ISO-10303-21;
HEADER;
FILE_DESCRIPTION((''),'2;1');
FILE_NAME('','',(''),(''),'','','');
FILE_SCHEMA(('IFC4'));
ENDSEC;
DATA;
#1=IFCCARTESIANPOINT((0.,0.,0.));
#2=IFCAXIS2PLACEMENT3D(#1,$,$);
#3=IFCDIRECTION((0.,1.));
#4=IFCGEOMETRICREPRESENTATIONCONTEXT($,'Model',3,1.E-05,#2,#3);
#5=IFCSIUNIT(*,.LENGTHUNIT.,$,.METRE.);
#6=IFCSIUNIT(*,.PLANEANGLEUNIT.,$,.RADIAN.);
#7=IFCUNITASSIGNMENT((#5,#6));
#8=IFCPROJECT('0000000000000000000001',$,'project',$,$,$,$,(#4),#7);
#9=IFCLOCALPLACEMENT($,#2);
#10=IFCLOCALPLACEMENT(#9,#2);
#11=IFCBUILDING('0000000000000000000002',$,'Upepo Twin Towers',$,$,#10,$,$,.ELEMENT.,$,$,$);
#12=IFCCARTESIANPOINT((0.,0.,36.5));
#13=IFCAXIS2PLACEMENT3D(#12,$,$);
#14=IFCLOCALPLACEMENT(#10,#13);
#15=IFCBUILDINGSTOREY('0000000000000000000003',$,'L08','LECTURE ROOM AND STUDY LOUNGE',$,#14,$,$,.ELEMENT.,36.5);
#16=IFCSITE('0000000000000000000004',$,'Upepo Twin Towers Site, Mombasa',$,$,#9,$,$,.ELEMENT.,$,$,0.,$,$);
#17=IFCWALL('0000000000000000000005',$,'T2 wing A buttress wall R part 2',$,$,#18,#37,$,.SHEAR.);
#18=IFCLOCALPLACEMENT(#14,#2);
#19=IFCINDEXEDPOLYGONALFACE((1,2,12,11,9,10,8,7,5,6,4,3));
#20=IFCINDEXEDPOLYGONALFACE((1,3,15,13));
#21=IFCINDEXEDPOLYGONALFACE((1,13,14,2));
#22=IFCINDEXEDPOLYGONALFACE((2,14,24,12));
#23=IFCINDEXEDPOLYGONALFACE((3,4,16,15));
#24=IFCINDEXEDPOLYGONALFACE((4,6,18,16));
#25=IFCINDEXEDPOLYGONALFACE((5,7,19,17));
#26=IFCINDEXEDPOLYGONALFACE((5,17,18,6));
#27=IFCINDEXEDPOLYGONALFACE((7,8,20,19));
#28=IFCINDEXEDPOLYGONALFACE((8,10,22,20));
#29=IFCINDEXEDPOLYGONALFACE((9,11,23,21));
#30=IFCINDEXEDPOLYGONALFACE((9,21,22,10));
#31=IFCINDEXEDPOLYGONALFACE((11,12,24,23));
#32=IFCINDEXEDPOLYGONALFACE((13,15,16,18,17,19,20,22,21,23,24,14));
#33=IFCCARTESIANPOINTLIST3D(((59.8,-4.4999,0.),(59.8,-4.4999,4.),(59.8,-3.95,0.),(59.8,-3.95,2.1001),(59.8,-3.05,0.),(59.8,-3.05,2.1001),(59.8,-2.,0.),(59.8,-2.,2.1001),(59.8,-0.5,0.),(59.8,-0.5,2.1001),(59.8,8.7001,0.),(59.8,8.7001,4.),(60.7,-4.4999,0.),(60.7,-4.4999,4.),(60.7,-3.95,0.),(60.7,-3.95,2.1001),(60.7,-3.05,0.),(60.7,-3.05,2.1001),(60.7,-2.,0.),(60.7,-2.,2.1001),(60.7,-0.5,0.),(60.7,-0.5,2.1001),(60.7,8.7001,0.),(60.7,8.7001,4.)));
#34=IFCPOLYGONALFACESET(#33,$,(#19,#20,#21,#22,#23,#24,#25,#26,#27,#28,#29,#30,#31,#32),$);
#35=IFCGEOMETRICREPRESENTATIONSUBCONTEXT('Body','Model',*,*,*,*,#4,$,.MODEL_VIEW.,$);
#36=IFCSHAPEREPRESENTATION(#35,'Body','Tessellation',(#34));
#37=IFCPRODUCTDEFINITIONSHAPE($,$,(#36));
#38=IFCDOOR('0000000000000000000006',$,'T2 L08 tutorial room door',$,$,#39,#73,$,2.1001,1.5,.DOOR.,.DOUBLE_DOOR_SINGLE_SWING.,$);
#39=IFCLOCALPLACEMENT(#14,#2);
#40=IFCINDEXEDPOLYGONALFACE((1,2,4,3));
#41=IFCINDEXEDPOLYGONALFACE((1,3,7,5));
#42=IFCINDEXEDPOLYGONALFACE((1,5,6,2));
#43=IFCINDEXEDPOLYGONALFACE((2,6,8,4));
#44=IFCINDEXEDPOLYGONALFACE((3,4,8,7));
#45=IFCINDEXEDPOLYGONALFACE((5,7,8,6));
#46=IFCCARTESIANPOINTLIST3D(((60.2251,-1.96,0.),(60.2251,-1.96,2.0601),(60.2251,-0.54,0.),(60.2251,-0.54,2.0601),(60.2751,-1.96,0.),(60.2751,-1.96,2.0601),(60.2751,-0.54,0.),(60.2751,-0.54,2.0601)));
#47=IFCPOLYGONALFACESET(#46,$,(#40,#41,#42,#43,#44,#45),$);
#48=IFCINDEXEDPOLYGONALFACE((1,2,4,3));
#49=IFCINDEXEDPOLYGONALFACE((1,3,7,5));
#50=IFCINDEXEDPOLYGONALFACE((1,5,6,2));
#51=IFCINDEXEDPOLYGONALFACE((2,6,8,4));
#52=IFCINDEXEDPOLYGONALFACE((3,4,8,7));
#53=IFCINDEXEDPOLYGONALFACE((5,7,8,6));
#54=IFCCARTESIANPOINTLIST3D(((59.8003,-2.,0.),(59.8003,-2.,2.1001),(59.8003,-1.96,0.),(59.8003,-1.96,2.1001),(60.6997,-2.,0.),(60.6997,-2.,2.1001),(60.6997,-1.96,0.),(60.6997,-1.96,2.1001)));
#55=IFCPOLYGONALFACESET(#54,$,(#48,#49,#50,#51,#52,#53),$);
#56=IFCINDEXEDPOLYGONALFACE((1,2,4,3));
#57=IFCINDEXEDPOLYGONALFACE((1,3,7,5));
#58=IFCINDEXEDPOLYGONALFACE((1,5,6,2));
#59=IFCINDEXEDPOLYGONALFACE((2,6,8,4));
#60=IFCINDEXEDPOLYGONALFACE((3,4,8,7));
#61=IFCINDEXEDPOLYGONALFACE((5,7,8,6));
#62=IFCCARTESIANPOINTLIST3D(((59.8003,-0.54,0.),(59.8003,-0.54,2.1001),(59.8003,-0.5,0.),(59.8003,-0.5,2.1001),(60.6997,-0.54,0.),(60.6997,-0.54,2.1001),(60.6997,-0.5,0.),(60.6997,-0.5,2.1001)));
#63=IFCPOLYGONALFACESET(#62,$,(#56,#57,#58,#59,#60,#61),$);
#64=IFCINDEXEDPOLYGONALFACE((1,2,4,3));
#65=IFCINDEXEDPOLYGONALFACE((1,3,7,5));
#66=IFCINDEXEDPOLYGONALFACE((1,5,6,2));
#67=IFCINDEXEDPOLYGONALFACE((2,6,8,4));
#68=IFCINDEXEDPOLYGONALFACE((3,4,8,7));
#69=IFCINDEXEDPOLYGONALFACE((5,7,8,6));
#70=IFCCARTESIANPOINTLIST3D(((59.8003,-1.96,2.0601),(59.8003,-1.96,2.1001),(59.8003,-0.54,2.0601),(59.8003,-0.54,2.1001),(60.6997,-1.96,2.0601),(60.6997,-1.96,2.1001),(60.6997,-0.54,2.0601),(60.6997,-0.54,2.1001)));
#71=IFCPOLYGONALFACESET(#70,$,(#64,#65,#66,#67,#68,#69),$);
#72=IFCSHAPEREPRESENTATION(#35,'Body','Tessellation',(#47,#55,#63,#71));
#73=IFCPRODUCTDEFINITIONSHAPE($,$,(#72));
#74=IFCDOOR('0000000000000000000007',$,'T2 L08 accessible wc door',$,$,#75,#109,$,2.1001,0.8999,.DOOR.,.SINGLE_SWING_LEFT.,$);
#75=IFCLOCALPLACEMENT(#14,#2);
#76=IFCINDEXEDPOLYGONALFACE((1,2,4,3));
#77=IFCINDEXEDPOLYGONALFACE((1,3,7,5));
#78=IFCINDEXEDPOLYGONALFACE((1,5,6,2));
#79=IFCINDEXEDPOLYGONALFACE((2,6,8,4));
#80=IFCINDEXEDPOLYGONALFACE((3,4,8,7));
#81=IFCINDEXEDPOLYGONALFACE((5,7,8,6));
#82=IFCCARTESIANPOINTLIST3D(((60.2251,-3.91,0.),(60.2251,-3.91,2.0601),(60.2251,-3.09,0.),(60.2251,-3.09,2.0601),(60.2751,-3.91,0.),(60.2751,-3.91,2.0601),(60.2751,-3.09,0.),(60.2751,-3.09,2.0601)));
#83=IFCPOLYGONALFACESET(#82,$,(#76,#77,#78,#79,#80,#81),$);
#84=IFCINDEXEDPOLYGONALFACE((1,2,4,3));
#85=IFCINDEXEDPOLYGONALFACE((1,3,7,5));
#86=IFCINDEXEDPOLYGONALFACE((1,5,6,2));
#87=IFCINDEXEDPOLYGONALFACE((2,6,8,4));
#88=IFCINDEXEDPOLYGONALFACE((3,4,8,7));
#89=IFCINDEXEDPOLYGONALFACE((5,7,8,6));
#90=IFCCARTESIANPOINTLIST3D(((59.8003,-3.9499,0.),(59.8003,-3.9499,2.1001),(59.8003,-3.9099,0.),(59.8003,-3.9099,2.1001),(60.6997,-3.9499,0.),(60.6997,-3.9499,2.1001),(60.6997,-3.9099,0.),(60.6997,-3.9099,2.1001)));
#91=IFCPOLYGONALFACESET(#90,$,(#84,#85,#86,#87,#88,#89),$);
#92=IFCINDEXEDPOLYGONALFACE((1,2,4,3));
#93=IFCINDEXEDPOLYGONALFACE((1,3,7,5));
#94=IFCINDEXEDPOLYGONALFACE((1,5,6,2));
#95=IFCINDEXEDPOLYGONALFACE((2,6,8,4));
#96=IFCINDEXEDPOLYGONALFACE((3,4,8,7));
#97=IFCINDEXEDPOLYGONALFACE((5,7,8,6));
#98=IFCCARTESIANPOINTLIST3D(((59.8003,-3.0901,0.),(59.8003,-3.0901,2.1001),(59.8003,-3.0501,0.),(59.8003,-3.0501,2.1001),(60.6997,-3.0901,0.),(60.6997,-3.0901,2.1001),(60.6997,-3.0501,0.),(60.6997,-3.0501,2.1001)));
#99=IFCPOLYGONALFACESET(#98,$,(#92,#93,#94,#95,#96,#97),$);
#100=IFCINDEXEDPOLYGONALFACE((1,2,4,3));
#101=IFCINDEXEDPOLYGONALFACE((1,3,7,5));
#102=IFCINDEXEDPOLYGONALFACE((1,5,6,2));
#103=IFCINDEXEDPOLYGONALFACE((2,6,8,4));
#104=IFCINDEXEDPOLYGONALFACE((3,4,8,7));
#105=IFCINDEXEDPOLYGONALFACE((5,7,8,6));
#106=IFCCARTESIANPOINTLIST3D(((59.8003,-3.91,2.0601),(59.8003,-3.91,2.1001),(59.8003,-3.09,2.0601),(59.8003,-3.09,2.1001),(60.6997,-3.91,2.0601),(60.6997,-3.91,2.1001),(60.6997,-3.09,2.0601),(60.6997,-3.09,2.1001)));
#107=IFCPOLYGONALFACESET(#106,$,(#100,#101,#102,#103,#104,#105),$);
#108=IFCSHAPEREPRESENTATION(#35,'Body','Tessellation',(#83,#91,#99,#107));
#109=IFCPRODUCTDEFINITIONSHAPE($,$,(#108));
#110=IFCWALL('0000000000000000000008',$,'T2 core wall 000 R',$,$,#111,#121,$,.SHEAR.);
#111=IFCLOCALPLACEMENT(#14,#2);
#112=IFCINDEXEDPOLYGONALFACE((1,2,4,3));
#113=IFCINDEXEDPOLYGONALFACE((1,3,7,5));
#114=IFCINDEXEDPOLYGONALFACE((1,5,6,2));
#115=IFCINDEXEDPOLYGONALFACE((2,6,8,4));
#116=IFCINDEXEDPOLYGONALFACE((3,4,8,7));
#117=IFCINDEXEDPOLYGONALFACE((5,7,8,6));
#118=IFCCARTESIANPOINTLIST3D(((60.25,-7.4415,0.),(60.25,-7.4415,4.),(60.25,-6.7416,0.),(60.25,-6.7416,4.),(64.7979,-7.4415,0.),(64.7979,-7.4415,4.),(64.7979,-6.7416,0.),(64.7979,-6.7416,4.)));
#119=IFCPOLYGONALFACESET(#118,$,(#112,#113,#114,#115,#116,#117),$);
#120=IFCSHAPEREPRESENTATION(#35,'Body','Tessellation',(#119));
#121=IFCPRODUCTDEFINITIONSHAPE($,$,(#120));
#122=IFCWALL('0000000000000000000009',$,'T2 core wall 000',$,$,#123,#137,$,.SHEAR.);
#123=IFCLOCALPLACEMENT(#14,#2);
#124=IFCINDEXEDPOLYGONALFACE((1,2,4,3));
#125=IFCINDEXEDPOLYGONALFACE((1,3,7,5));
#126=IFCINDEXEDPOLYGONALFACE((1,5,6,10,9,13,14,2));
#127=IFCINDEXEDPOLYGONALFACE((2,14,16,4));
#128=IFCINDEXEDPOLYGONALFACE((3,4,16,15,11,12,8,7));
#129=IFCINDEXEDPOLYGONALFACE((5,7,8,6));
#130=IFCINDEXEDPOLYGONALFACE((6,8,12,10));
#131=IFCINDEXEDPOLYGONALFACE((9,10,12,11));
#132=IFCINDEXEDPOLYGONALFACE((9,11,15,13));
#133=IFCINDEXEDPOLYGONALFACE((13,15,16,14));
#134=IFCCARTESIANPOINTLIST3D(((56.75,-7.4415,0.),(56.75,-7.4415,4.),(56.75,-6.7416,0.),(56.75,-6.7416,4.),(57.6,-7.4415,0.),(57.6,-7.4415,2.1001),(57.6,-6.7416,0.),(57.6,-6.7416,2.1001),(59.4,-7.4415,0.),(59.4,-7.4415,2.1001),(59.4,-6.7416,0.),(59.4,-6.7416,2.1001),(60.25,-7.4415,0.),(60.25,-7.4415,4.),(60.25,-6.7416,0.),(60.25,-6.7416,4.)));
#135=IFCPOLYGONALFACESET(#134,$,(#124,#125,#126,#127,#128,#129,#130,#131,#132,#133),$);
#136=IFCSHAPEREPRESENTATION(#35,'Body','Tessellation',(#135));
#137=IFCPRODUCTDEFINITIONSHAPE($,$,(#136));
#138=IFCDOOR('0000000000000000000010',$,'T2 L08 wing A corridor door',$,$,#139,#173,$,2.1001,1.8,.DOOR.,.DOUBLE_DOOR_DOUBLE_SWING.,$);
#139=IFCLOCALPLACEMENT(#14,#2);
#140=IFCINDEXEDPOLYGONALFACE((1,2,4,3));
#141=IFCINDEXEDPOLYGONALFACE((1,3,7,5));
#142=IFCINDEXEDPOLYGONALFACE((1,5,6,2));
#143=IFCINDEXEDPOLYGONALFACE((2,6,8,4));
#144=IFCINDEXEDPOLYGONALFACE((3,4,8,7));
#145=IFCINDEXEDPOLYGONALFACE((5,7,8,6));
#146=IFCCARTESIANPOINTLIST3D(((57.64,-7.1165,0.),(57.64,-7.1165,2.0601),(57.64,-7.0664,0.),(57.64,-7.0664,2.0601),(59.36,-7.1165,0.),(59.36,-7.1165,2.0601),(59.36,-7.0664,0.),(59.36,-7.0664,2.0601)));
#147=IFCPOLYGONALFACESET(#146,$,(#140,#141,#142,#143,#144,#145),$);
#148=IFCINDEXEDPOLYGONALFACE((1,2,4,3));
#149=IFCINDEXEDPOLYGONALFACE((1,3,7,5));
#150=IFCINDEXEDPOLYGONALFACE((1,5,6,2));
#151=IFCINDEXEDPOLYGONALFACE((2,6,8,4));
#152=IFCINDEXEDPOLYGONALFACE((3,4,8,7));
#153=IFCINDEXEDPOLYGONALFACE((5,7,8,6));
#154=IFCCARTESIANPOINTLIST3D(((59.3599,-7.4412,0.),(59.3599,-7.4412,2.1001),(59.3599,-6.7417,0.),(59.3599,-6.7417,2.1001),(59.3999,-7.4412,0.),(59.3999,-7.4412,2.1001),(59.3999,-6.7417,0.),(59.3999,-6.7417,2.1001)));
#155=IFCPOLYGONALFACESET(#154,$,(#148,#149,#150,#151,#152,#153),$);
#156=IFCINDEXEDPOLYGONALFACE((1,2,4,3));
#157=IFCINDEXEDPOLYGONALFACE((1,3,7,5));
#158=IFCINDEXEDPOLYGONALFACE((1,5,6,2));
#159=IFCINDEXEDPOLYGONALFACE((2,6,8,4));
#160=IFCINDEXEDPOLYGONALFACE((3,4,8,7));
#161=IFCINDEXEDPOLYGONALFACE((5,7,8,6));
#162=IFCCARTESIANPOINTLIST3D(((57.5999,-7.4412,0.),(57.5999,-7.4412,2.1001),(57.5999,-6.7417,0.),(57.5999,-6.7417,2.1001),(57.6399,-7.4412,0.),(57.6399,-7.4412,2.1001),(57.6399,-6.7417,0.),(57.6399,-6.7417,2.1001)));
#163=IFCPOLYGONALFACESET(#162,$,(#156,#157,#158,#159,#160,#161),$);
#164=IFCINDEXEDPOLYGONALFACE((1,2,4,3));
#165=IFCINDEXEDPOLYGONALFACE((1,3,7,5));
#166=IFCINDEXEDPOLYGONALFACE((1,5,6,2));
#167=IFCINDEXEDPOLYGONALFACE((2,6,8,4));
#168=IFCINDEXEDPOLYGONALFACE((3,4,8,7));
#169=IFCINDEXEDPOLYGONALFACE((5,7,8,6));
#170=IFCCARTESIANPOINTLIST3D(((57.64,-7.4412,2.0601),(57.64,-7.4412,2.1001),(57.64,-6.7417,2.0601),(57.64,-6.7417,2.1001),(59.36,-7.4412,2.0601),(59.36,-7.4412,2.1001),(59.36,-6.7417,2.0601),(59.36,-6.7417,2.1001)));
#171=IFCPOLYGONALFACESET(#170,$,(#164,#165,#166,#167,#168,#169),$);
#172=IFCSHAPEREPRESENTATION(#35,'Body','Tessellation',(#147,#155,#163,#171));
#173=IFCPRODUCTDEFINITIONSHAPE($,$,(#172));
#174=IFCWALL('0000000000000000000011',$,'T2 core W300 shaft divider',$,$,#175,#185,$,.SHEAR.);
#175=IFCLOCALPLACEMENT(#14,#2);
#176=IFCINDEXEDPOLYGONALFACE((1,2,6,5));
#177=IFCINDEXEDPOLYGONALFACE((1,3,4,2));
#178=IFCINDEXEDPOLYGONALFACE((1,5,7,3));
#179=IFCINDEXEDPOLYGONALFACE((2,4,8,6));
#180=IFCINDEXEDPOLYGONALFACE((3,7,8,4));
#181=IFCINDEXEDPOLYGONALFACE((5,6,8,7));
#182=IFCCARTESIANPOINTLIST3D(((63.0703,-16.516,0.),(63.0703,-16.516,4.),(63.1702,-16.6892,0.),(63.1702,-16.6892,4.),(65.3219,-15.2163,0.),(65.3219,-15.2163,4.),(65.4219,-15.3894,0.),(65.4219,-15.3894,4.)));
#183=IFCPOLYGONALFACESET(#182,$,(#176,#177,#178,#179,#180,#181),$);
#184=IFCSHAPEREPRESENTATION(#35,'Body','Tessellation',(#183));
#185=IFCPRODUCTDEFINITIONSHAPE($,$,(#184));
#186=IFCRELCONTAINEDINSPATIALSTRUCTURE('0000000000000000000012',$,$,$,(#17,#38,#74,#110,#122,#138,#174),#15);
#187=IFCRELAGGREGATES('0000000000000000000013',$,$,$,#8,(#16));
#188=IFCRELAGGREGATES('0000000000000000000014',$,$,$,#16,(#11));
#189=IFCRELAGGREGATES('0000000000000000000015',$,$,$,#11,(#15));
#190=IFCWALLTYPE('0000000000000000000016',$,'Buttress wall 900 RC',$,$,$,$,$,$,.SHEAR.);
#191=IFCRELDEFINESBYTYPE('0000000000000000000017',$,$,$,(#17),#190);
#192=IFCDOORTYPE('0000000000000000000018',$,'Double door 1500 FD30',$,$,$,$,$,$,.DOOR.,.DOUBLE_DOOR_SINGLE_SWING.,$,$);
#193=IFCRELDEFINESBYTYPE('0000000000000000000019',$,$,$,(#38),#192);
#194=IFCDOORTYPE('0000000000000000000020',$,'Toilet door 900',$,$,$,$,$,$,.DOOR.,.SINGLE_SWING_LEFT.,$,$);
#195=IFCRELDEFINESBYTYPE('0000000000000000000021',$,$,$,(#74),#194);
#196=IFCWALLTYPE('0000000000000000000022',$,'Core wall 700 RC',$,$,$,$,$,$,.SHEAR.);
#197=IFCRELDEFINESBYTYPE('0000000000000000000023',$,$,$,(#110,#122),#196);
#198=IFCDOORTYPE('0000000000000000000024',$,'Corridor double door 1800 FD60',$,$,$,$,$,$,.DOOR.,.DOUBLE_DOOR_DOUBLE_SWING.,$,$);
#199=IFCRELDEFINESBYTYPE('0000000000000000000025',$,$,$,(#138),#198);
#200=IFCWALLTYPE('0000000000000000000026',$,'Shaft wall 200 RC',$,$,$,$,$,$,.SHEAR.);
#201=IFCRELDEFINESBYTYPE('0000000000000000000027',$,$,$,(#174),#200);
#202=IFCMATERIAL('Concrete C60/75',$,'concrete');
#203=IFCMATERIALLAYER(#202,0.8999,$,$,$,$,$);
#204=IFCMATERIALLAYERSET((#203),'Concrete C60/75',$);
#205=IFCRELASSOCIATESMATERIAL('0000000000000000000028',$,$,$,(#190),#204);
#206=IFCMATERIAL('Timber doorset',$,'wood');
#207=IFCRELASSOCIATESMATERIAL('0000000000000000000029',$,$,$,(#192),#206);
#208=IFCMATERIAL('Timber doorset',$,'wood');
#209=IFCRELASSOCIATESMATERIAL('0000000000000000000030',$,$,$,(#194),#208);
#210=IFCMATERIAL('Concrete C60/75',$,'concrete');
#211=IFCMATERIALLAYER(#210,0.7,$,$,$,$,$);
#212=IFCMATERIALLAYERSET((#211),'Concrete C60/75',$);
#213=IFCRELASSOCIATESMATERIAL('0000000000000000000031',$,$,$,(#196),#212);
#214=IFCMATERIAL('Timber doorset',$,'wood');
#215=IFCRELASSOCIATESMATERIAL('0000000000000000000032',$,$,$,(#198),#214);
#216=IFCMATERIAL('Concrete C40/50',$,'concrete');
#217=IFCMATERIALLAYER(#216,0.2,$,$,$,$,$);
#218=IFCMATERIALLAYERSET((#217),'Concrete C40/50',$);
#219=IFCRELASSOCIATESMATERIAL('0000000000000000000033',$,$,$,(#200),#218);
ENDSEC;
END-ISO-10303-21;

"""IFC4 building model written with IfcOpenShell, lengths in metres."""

from ifc_helpers import new_model, si_unit, direction, frame, frame_2d, origin, place, context, subcontext, project, spatial, rectangle, extrude, material, layer, layer_set, type_object, element, fill, save


model = new_model("IFC4")

# Units and contexts
model_context = context("Model", 3, precision=1e-05, world=origin(), true_north=direction((0.0, 1.0)))
body_context = subcontext(model_context, "Body", "Model", "MODEL_VIEW")
ifc_project = project(units=[si_unit("LENGTHUNIT", "METRE"), si_unit("PLANEANGLEUNIT", "RADIAN")], contexts=[model_context])

# Site, building, storey
site_placement = place(None, origin())
site = spatial("IfcSite", under=ifc_project, at=site_placement, Name="Upepo Twin Towers Site, Mombasa", CompositionType="ELEMENT", RefElevation=0.0)
building_placement = place(site_placement, origin())
building = spatial("IfcBuilding", under=site, at=building_placement, Name="Upepo Twin Towers", CompositionType="ELEMENT")
storey_placement = place(building_placement, frame((0.0, 0.0, 36.5)))
storey = spatial("IfcBuildingStorey", under=building, at=storey_placement, Name="L08", Description="LECTURE ROOM AND STUDY LOUNGE", CompositionType="ELEMENT", Elevation=36.5)

# Wall, openings, doors
ifc_material_1 = material(Name="Concrete C60/75", Category="concrete")
ifc_layer_1 = layer(ifc_material_1, 0.8999)
ifc_layer_set_1 = layer_set([ifc_layer_1], Name="Concrete C60/75")
wall_type_1 = type_object("IfcWallType", Name="Buttress wall 900 RC", PredefinedType="SHEAR", material=ifc_layer_set_1)
wall_1_placement = place(storey_placement, frame((60.25, -4.5, 0.0), z_axis=(0.0, 0.0, 1.0), x_axis=(0.0, 1.0, 0.0)))
wall_1 = element("IfcWall", 1, at=wall_1_placement, inside=storey, type_object=wall_type_1, Name="T2 wing A buttress wall R part 2", PredefinedType="SHEAR", context=body_context, shape_type="SweptSolid", body=[
    extrude(rectangle(XDim=13.2, YDim=0.8999, at=frame_2d((6.6001, 0.0))), origin(), (0.0, 0.0, 1.0), 4.0),
])
opening_1_placement = place(wall_1_placement, frame((0.55, 0.0, 0.0)))
opening_1 = element("IfcOpeningElement", 2, at=opening_1_placement, cuts=wall_1, PredefinedType="OPENING", context=body_context, shape_type="SweptSolid", body=[
    extrude(rectangle(XDim=0.8999, YDim=2.1001, at=frame_2d((0.45, 1.05))), frame((0.0, 0.46, 0.0), z_axis=(0.0, -1.0, 0.0), x_axis=(1.0, 0.0, 0.0)), (0.0, 0.0, 1.0), 0.9199),
])
opening_2_placement = place(wall_1_placement, frame((2.5, 0.0, 0.0)))
opening_2 = element("IfcOpeningElement", 3, at=opening_2_placement, cuts=wall_1, PredefinedType="OPENING", context=body_context, shape_type="SweptSolid", body=[
    extrude(rectangle(XDim=1.5, YDim=2.1001, at=frame_2d((0.75, 1.05))), frame((0.0, 0.46, 0.0), z_axis=(0.0, -1.0, 0.0), x_axis=(1.0, 0.0, 0.0)), (0.0, 0.0, 1.0), 0.9199),
])
ifc_material_2 = material(Name="Timber doorset", Category="wood")
door_type_1 = type_object("IfcDoorType", Name="Double door 1500 FD30", OperationType="DOUBLE_DOOR_SINGLE_SWING", PredefinedType="DOOR", material=ifc_material_2)
door_1_placement = place(opening_2_placement, origin())
door_1 = element("IfcDoor", 4, at=door_1_placement, inside=storey, type_object=door_type_1, Name="T2 L08 tutorial room door", OperationType="DOUBLE_DOOR_SINGLE_SWING", OverallHeight=2.1001, OverallWidth=1.5, PredefinedType="DOOR", context=body_context, shape_type="SweptSolid", body=[
    extrude(rectangle(XDim=1.42, YDim=2.0601, at=frame_2d((0.75, 1.03))), frame((0.0, 0.0249, 0.0), z_axis=(0.0, -1.0, 0.0), x_axis=(1.0, 0.0, 0.0)), (0.0, 0.0, 1.0), 0.05),
    extrude(rectangle(XDim=0.04, YDim=2.1001, at=frame_2d((0.02, 1.05))), frame((0.0, 0.4497, 0.0), z_axis=(0.0, -1.0, 0.0), x_axis=(1.0, 0.0, 0.0)), (0.0, 0.0, 1.0), 0.8994),
    extrude(rectangle(XDim=0.04, YDim=2.1001, at=frame_2d((1.48, 1.05))), frame((0.0, 0.4497, 0.0), z_axis=(0.0, -1.0, 0.0), x_axis=(1.0, 0.0, 0.0)), (0.0, 0.0, 1.0), 0.8994),
    extrude(rectangle(XDim=1.42, YDim=0.04, at=frame_2d((0.75, 2.0801))), frame((0.0, 0.4497, 0.0), z_axis=(0.0, -1.0, 0.0), x_axis=(1.0, 0.0, 0.0)), (0.0, 0.0, 1.0), 0.8994),
])
fill(opening_2, door_1)
ifc_material_3 = material(Name="Timber doorset", Category="wood")
door_type_2 = type_object("IfcDoorType", Name="Toilet door 900", OperationType="SINGLE_SWING_LEFT", PredefinedType="DOOR", material=ifc_material_3)
door_2_placement = place(opening_1_placement, origin())
door_2 = element("IfcDoor", 5, at=door_2_placement, inside=storey, type_object=door_type_2, Name="T2 L08 accessible wc door", OperationType="SINGLE_SWING_LEFT", OverallHeight=2.1001, OverallWidth=0.8999, PredefinedType="DOOR", context=body_context, shape_type="SweptSolid", body=[
    extrude(rectangle(XDim=0.8199, YDim=2.0601, at=frame_2d((0.45, 1.03))), frame((0.0, 0.0249, 0.0), z_axis=(0.0, -1.0, 0.0), x_axis=(1.0, 0.0, 0.0)), (0.0, 0.0, 1.0), 0.05),
    extrude(rectangle(XDim=0.04, YDim=2.1001, at=frame_2d((0.02, 1.05))), frame((0.0, 0.4497, 0.0), z_axis=(0.0, -1.0, 0.0), x_axis=(1.0, 0.0, 0.0)), (0.0, 0.0, 1.0), 0.8994),
    extrude(rectangle(XDim=0.04, YDim=2.1001, at=frame_2d((0.8799, 1.05))), frame((0.0, 0.4497, 0.0), z_axis=(0.0, -1.0, 0.0), x_axis=(1.0, 0.0, 0.0)), (0.0, 0.0, 1.0), 0.8994),
    extrude(rectangle(XDim=0.8199, YDim=0.04, at=frame_2d((0.45, 2.0801))), frame((0.0, 0.4497, 0.0), z_axis=(0.0, -1.0, 0.0), x_axis=(1.0, 0.0, 0.0)), (0.0, 0.0, 1.0), 0.8994),
])
fill(opening_1, door_2)

# Wall
ifc_material_4 = material(Name="Concrete C60/75", Category="concrete")
ifc_layer_2 = layer(ifc_material_4, 0.7)
ifc_layer_set_2 = layer_set([ifc_layer_2], Name="Concrete C60/75")
wall_type_2 = type_object("IfcWallType", Name="Core wall 700 RC", PredefinedType="SHEAR", material=ifc_layer_set_2)
wall_2_placement = place(storey_placement, frame((64.7979, -7.0916, 0.0), z_axis=(0.0, 0.0, 1.0), x_axis=(-1.0, 0.0, 0.0)))
element("IfcWall", 6, at=wall_2_placement, inside=storey, type_object=wall_type_2, Name="T2 core wall 000 R", PredefinedType="SHEAR", context=body_context, shape_type="SweptSolid", body=[
    extrude(rectangle(XDim=4.5479, YDim=0.7, at=frame_2d((2.2739, 0.0))), origin(), (0.0, 0.0, 1.0), 4.0),
])

# Wall, opening, door
wall_3_placement = place(storey_placement, frame((60.25, -7.0916, 0.0), z_axis=(0.0, 0.0, 1.0), x_axis=(-1.0, 0.0, 0.0)))
wall_3 = element("IfcWall", 7, at=wall_3_placement, inside=storey, type_object=wall_type_2, Name="T2 core wall 000", PredefinedType="SHEAR", context=body_context, shape_type="SweptSolid", body=[
    extrude(rectangle(XDim=3.5, YDim=0.7, at=frame_2d((1.75, 0.0))), origin(), (0.0, 0.0, 1.0), 4.0),
])
opening_3_placement = place(wall_3_placement, frame((0.8501, 0.0, 0.0)))
opening_3 = element("IfcOpeningElement", 8, at=opening_3_placement, cuts=wall_3, PredefinedType="OPENING", context=body_context, shape_type="SweptSolid", body=[
    extrude(rectangle(XDim=1.8, YDim=2.1001, at=frame_2d((0.8999, 1.05))), frame((0.0, 0.3599, 0.0), z_axis=(0.0, -1.0, 0.0), x_axis=(1.0, 0.0, 0.0)), (0.0, 0.0, 1.0), 0.72),
])
ifc_material_5 = material(Name="Timber doorset", Category="wood")
door_type_3 = type_object("IfcDoorType", Name="Corridor double door 1800 FD60", OperationType="DOUBLE_DOOR_DOUBLE_SWING", PredefinedType="DOOR", material=ifc_material_5)
door_3_placement = place(opening_3_placement, origin())
door_3 = element("IfcDoor", 9, at=door_3_placement, inside=storey, type_object=door_type_3, Name="T2 L08 wing A corridor door", OperationType="DOUBLE_DOOR_DOUBLE_SWING", OverallHeight=2.1001, OverallWidth=1.8, PredefinedType="DOOR", context=body_context, shape_type="SweptSolid", body=[
    extrude(rectangle(XDim=1.72, YDim=2.0601, at=frame_2d((0.8999, 1.03))), frame((0.0, 0.0249, 0.0), z_axis=(0.0, -1.0, 0.0), x_axis=(1.0, 0.0, 0.0)), (0.0, 0.0, 1.0), 0.05),
    extrude(rectangle(XDim=0.04, YDim=2.1001, at=frame_2d((0.02, 1.05))), frame((0.0, 0.3496, 0.0), z_axis=(0.0, -1.0, 0.0), x_axis=(1.0, 0.0, 0.0)), (0.0, 0.0, 1.0), 0.6995),
    extrude(rectangle(XDim=0.04, YDim=2.1001, at=frame_2d((1.78, 1.05))), frame((0.0, 0.3496, 0.0), z_axis=(0.0, -1.0, 0.0), x_axis=(1.0, 0.0, 0.0)), (0.0, 0.0, 1.0), 0.6995),
    extrude(rectangle(XDim=1.72, YDim=0.04, at=frame_2d((0.8999, 2.0801))), frame((0.0, 0.3496, 0.0), z_axis=(0.0, -1.0, 0.0), x_axis=(1.0, 0.0, 0.0)), (0.0, 0.0, 1.0), 0.6995),
])
fill(opening_3, door_3)

# Wall
ifc_material_6 = material(Name="Concrete C40/50", Category="concrete")
ifc_layer_3 = layer(ifc_material_6, 0.2)
ifc_layer_set_3 = layer_set([ifc_layer_3], Name="Concrete C40/50")
wall_type_3 = type_object("IfcWallType", Name="Shaft wall 200 RC", PredefinedType="SHEAR", material=ifc_layer_set_3)
wall_4_placement = place(storey_placement, frame((63.1204, -16.6025, 0.0), z_axis=(0.0, 0.0, 1.0), x_axis=(0.866062, 0.499937, 0.0)))
element("IfcWall", 10, at=wall_4_placement, inside=storey, type_object=wall_type_3, Name="T2 core W300 shaft divider", PredefinedType="SHEAR", context=body_context, shape_type="SweptSolid", body=[
    extrude(rectangle(XDim=2.5999, YDim=0.2, at=frame_2d((1.2998, 0.0))), origin(), (0.0, 0.0, 1.0), 4.0),
])

save(model, "model.ifc")
